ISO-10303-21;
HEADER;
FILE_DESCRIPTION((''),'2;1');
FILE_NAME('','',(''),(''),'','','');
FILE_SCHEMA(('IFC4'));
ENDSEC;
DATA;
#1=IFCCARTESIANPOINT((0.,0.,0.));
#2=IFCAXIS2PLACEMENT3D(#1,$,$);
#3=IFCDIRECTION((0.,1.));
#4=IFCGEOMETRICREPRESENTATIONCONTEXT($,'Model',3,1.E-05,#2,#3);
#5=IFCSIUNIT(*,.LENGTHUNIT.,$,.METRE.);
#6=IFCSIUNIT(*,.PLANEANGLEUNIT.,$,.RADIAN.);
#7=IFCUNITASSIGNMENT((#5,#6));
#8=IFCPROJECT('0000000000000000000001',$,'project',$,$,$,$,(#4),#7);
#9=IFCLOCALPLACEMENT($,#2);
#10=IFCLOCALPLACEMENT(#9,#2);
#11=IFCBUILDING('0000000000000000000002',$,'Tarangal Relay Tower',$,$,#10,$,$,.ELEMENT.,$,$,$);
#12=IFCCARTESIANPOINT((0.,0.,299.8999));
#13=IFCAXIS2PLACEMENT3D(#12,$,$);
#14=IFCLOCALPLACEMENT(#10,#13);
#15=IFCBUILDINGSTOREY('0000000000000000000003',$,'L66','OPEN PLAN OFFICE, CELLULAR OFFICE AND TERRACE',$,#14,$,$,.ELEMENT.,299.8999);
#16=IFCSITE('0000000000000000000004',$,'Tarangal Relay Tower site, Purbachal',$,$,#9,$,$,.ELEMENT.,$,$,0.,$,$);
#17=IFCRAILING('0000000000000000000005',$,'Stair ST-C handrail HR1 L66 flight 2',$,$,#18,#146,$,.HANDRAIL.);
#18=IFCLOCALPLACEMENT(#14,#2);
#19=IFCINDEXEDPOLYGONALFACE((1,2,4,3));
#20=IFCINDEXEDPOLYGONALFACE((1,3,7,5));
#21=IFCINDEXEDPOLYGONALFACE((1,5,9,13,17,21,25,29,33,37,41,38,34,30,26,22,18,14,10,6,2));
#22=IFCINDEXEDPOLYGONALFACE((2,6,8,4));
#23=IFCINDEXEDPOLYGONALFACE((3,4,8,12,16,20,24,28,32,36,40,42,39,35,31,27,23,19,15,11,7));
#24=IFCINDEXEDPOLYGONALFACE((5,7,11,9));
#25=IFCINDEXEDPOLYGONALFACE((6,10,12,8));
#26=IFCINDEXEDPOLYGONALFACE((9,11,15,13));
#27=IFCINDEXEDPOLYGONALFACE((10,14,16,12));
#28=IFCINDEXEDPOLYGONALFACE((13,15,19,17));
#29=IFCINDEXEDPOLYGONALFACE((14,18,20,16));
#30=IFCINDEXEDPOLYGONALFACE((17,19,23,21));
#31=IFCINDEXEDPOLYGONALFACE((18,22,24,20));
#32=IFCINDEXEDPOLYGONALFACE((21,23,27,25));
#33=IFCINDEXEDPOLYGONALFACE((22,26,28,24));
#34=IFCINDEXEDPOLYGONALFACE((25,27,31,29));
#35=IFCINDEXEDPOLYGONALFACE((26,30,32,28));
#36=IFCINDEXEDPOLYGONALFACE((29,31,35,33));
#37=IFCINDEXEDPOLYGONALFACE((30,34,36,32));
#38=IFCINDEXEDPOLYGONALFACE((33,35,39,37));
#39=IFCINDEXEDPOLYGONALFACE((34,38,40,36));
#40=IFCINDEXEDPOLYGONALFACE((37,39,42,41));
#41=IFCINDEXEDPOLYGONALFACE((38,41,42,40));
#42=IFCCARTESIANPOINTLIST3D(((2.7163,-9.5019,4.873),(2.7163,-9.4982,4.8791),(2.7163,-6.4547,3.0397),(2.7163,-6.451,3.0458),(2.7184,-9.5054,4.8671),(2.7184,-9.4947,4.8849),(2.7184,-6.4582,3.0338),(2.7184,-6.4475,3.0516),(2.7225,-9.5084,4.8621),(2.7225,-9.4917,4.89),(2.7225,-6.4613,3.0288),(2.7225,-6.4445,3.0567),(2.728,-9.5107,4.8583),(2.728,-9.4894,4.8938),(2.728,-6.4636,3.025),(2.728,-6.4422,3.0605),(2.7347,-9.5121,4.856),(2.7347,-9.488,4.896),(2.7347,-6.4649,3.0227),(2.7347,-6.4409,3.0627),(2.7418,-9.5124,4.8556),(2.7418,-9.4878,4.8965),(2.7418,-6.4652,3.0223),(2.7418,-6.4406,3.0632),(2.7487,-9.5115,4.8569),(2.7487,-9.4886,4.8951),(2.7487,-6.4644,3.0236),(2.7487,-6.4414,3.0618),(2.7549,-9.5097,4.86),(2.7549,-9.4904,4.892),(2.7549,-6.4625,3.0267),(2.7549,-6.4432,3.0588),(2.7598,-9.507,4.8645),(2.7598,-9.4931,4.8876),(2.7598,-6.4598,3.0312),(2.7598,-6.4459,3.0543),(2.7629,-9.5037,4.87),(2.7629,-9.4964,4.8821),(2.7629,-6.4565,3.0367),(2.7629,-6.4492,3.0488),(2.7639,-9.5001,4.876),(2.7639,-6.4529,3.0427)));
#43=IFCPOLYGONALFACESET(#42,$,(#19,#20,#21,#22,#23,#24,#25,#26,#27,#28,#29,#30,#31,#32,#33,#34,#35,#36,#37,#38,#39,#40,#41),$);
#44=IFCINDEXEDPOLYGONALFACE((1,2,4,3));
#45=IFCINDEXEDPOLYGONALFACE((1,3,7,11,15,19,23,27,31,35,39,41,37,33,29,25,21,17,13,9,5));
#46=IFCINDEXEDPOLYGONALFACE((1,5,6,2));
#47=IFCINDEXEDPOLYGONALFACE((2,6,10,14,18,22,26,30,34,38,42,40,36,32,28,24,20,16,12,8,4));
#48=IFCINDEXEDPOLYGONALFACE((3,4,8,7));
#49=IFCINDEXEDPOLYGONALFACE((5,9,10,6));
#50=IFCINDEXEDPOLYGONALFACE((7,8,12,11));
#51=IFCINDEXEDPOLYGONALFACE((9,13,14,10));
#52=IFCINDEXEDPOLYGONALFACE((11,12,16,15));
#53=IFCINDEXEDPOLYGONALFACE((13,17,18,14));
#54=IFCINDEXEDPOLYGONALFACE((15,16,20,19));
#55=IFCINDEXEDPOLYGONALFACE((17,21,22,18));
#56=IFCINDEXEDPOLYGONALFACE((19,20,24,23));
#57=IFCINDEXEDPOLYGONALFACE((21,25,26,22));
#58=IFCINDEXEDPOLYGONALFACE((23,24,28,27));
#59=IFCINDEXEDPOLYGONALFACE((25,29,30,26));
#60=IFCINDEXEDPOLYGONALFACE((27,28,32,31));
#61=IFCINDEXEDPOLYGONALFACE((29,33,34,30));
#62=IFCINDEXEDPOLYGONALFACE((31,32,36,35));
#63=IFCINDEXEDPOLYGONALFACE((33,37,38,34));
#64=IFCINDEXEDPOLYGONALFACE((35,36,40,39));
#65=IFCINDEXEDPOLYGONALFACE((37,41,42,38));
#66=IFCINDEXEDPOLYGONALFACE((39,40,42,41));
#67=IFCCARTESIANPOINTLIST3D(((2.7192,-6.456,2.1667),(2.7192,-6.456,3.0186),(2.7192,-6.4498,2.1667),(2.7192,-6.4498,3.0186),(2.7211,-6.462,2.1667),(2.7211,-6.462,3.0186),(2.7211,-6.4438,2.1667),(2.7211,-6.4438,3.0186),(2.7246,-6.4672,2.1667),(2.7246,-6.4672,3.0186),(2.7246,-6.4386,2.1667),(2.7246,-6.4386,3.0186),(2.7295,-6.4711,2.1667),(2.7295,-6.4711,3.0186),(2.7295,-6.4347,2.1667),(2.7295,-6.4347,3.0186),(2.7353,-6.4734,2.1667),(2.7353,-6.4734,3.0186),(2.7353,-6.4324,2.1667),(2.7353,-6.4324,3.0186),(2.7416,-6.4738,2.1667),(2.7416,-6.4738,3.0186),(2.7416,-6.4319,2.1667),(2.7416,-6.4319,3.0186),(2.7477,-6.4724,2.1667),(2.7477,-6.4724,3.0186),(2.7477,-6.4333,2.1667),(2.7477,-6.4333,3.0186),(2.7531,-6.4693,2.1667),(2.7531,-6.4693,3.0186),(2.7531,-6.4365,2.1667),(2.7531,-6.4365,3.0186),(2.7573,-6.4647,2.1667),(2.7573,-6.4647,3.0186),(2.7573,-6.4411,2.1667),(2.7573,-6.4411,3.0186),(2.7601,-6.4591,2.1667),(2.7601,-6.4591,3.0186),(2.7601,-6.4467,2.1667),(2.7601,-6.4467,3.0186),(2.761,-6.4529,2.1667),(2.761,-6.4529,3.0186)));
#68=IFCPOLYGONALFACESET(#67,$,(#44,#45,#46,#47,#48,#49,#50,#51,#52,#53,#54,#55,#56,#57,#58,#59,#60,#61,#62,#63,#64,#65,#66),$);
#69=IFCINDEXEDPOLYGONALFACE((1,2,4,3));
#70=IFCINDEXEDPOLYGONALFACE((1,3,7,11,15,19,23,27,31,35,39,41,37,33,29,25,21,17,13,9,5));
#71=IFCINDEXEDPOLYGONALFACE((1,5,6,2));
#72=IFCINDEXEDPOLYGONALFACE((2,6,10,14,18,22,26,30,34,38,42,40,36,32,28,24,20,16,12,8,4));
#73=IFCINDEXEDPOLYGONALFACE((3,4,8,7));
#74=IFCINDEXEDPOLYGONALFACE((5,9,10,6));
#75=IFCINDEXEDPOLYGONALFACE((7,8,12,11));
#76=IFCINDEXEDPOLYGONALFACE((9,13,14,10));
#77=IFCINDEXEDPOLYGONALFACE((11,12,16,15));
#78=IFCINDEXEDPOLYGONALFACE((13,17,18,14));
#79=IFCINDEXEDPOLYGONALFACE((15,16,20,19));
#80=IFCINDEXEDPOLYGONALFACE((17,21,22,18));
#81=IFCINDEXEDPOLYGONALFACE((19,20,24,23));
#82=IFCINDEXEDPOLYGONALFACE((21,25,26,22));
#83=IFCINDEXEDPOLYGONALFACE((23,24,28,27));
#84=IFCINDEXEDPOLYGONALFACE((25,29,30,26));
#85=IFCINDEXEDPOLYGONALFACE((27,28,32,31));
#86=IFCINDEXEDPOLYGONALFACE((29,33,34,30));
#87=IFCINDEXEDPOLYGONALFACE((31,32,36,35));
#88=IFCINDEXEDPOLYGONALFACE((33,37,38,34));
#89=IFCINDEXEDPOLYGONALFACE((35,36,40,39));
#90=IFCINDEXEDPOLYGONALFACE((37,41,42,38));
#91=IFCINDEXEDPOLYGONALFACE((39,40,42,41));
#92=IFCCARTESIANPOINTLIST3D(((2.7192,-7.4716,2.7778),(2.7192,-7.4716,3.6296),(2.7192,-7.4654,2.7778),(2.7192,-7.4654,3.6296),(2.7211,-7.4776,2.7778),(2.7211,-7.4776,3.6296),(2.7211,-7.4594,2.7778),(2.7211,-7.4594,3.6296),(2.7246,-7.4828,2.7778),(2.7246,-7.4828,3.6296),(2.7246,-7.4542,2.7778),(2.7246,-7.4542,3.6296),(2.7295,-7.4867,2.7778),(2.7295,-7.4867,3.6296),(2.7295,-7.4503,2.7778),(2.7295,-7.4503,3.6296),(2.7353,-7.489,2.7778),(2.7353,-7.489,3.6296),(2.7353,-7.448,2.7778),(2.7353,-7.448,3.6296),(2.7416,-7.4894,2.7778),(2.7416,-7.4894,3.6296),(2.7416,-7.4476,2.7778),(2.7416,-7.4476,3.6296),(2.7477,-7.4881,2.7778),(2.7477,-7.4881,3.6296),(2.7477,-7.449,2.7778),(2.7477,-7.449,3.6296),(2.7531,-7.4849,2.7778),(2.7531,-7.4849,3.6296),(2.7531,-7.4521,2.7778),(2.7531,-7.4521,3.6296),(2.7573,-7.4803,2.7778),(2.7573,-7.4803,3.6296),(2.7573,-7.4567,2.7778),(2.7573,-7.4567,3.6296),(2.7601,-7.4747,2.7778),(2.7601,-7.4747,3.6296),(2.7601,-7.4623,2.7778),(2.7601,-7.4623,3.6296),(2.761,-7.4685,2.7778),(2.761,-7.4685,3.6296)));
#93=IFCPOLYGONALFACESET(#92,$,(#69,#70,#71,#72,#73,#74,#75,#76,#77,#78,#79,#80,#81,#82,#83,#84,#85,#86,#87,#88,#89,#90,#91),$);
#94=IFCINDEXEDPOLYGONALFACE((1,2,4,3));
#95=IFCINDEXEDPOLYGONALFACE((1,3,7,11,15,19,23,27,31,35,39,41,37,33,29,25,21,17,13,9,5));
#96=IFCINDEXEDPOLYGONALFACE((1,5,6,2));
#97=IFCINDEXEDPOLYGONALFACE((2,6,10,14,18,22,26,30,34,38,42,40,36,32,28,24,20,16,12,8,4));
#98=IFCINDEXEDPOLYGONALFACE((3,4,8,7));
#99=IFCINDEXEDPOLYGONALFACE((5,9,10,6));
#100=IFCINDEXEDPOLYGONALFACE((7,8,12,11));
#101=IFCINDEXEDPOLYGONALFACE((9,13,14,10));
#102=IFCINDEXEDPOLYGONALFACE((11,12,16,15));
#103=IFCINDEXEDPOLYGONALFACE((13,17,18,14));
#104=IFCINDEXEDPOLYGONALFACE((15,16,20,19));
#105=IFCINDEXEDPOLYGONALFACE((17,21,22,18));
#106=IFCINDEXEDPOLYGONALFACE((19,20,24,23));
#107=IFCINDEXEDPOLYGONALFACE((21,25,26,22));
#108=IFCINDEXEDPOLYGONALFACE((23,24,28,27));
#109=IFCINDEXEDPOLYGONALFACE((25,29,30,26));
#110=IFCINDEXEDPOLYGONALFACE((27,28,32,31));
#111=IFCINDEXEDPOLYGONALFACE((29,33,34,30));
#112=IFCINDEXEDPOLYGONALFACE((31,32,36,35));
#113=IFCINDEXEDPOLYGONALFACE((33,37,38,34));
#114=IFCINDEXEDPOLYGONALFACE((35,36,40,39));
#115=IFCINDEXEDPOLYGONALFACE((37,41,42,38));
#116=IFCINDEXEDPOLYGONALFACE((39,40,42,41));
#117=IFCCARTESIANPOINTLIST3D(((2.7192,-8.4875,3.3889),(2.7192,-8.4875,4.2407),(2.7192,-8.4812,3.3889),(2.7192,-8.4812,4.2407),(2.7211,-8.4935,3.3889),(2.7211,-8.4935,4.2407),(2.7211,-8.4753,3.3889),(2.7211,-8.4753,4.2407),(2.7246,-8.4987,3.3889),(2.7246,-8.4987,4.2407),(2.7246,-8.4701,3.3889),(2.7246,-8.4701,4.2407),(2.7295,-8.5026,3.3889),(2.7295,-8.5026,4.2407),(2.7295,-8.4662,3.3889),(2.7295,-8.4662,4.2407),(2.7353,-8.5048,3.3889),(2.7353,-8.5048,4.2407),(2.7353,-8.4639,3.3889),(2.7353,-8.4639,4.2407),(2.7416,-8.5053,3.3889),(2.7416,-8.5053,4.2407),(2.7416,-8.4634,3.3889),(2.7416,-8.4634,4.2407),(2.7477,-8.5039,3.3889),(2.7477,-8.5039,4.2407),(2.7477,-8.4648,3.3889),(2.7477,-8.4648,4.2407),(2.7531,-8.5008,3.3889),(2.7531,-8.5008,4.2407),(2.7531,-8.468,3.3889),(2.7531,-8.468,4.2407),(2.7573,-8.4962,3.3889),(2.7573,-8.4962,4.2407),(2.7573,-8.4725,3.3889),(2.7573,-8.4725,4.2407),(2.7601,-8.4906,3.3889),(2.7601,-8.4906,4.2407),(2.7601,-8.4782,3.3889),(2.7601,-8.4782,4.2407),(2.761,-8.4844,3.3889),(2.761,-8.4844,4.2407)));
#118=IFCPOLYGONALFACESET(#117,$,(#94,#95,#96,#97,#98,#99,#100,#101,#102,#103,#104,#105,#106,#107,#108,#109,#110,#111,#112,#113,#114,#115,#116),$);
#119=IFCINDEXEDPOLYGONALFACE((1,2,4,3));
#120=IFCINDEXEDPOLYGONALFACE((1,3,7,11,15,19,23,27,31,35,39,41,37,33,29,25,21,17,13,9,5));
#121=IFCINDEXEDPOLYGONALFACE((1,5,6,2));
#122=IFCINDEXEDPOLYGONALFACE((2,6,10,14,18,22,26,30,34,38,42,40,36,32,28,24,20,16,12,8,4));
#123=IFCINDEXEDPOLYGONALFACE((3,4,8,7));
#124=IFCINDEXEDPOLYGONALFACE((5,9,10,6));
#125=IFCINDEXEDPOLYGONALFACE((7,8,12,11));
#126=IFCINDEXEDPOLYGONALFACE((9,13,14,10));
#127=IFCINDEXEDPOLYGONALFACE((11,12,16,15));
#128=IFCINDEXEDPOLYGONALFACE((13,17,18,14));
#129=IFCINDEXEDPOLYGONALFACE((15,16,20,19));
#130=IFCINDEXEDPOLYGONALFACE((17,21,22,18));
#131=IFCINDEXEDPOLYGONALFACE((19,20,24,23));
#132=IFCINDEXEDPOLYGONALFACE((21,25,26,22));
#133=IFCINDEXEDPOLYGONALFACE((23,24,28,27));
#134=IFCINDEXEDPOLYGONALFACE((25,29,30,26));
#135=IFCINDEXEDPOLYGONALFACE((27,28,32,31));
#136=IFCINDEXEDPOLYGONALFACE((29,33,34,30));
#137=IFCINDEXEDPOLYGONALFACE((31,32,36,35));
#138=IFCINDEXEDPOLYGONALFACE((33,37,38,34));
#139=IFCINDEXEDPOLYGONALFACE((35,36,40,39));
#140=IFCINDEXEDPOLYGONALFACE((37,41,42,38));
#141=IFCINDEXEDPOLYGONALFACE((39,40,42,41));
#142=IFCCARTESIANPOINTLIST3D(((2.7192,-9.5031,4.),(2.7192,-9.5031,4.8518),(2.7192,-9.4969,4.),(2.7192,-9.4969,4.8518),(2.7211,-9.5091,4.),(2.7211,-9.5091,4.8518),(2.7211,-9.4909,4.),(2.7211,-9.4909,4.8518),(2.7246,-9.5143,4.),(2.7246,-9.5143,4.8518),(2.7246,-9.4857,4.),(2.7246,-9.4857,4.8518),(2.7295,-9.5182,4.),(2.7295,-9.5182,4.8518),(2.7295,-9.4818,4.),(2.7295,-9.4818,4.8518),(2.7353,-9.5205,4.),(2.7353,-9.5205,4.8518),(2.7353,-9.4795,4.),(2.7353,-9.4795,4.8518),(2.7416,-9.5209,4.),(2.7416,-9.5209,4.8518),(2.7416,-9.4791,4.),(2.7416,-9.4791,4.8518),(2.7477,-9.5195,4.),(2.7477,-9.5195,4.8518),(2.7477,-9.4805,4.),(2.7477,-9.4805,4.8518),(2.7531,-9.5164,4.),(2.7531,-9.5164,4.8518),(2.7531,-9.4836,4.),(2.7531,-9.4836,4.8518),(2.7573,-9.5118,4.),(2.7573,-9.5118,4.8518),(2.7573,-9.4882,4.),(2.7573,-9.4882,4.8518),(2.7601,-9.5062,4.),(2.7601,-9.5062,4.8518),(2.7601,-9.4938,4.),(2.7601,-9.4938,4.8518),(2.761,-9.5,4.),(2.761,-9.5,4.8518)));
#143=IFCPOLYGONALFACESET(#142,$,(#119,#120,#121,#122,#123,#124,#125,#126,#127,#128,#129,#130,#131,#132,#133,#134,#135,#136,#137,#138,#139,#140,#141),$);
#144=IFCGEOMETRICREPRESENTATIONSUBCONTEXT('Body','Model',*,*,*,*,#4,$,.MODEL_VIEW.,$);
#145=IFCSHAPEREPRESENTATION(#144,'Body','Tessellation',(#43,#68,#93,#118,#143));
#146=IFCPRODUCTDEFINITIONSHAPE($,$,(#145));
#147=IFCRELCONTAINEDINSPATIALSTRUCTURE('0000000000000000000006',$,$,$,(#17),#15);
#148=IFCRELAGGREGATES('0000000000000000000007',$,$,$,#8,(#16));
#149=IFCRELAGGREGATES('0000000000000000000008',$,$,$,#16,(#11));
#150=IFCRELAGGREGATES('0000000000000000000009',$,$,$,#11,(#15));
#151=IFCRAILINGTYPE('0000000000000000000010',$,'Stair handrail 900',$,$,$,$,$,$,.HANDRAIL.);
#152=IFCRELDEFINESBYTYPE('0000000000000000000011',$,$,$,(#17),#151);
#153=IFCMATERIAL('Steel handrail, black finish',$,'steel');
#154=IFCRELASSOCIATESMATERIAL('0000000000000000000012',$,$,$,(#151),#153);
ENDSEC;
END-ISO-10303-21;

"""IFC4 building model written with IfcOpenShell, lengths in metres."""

from ifc_helpers import new_model, si_unit, direction, frame, origin, origin_2d, place, context, subcontext, project, spatial, circle, extrude, material, type_object, element, save


model = new_model("IFC4")

# Units and contexts
model_context = context("Model", 3, precision=1e-05, world=origin(), true_north=direction((0.0, 1.0)))
body_context = subcontext(model_context, "Body", "Model", "MODEL_VIEW")
ifc_project = project(units=[si_unit("LENGTHUNIT", "METRE"), si_unit("PLANEANGLEUNIT", "RADIAN")], contexts=[model_context])

# Site, building, storey
site_placement = place(None, origin())
site = spatial("IfcSite", under=ifc_project, at=site_placement, Name="Tarangal Relay Tower site, Purbachal", CompositionType="ELEMENT", RefElevation=0.0)
building_placement = place(site_placement, origin())
building = spatial("IfcBuilding", under=site, at=building_placement, Name="Tarangal Relay Tower", CompositionType="ELEMENT")
storey_placement = place(building_placement, frame((0.0, 0.0, 299.8999)))
storey = spatial("IfcBuildingStorey", under=building, at=storey_placement, Name="L66", Description="OPEN PLAN OFFICE, CELLULAR OFFICE AND TERRACE", CompositionType="ELEMENT", Elevation=299.8999)

# Railing
ifc_material_1 = material(Name="Steel handrail, black finish", Category="steel")
railing_type_1 = type_object("IfcRailingType", Name="Stair handrail 900", PredefinedType="HANDRAIL", material=ifc_material_1)
railing_1_placement = place(storey_placement, frame((2.74, -6.4529, 2.1667)))
element("IfcRailing", 1, at=railing_1_placement, inside=storey, type_object=railing_type_1, Name="Stair ST-C handrail HR1 L66 flight 2", PredefinedType="HANDRAIL", context=body_context, shape_type="SweptSolid", body=[
    extrude(circle(Radius=0.0239, at=origin_2d()), frame((0.0, 0.0, 0.876), z_axis=(0.0, -0.856874, 0.515525), x_axis=(1.0, 0.0, 0.0)), (0.0, 0.0, 1.0), 3.5562),
    extrude(circle(Radius=0.021, at=origin_2d()), origin(), (0.0, 0.0, 1.0), 0.8518),
    extrude(circle(Radius=0.021, at=origin_2d()), frame((0.0, -1.0156, 0.6111)), (0.0, 0.0, 1.0), 0.8518),
    extrude(circle(Radius=0.021, at=origin_2d()), frame((0.0, -2.0315, 1.2222)), (0.0, 0.0, 1.0), 0.8518),
    extrude(circle(Radius=0.021, at=origin_2d()), frame((0.0, -3.0471, 1.8333)), (0.0, 0.0, 1.0), 0.8518),
])

save(model, "model.ifc")
